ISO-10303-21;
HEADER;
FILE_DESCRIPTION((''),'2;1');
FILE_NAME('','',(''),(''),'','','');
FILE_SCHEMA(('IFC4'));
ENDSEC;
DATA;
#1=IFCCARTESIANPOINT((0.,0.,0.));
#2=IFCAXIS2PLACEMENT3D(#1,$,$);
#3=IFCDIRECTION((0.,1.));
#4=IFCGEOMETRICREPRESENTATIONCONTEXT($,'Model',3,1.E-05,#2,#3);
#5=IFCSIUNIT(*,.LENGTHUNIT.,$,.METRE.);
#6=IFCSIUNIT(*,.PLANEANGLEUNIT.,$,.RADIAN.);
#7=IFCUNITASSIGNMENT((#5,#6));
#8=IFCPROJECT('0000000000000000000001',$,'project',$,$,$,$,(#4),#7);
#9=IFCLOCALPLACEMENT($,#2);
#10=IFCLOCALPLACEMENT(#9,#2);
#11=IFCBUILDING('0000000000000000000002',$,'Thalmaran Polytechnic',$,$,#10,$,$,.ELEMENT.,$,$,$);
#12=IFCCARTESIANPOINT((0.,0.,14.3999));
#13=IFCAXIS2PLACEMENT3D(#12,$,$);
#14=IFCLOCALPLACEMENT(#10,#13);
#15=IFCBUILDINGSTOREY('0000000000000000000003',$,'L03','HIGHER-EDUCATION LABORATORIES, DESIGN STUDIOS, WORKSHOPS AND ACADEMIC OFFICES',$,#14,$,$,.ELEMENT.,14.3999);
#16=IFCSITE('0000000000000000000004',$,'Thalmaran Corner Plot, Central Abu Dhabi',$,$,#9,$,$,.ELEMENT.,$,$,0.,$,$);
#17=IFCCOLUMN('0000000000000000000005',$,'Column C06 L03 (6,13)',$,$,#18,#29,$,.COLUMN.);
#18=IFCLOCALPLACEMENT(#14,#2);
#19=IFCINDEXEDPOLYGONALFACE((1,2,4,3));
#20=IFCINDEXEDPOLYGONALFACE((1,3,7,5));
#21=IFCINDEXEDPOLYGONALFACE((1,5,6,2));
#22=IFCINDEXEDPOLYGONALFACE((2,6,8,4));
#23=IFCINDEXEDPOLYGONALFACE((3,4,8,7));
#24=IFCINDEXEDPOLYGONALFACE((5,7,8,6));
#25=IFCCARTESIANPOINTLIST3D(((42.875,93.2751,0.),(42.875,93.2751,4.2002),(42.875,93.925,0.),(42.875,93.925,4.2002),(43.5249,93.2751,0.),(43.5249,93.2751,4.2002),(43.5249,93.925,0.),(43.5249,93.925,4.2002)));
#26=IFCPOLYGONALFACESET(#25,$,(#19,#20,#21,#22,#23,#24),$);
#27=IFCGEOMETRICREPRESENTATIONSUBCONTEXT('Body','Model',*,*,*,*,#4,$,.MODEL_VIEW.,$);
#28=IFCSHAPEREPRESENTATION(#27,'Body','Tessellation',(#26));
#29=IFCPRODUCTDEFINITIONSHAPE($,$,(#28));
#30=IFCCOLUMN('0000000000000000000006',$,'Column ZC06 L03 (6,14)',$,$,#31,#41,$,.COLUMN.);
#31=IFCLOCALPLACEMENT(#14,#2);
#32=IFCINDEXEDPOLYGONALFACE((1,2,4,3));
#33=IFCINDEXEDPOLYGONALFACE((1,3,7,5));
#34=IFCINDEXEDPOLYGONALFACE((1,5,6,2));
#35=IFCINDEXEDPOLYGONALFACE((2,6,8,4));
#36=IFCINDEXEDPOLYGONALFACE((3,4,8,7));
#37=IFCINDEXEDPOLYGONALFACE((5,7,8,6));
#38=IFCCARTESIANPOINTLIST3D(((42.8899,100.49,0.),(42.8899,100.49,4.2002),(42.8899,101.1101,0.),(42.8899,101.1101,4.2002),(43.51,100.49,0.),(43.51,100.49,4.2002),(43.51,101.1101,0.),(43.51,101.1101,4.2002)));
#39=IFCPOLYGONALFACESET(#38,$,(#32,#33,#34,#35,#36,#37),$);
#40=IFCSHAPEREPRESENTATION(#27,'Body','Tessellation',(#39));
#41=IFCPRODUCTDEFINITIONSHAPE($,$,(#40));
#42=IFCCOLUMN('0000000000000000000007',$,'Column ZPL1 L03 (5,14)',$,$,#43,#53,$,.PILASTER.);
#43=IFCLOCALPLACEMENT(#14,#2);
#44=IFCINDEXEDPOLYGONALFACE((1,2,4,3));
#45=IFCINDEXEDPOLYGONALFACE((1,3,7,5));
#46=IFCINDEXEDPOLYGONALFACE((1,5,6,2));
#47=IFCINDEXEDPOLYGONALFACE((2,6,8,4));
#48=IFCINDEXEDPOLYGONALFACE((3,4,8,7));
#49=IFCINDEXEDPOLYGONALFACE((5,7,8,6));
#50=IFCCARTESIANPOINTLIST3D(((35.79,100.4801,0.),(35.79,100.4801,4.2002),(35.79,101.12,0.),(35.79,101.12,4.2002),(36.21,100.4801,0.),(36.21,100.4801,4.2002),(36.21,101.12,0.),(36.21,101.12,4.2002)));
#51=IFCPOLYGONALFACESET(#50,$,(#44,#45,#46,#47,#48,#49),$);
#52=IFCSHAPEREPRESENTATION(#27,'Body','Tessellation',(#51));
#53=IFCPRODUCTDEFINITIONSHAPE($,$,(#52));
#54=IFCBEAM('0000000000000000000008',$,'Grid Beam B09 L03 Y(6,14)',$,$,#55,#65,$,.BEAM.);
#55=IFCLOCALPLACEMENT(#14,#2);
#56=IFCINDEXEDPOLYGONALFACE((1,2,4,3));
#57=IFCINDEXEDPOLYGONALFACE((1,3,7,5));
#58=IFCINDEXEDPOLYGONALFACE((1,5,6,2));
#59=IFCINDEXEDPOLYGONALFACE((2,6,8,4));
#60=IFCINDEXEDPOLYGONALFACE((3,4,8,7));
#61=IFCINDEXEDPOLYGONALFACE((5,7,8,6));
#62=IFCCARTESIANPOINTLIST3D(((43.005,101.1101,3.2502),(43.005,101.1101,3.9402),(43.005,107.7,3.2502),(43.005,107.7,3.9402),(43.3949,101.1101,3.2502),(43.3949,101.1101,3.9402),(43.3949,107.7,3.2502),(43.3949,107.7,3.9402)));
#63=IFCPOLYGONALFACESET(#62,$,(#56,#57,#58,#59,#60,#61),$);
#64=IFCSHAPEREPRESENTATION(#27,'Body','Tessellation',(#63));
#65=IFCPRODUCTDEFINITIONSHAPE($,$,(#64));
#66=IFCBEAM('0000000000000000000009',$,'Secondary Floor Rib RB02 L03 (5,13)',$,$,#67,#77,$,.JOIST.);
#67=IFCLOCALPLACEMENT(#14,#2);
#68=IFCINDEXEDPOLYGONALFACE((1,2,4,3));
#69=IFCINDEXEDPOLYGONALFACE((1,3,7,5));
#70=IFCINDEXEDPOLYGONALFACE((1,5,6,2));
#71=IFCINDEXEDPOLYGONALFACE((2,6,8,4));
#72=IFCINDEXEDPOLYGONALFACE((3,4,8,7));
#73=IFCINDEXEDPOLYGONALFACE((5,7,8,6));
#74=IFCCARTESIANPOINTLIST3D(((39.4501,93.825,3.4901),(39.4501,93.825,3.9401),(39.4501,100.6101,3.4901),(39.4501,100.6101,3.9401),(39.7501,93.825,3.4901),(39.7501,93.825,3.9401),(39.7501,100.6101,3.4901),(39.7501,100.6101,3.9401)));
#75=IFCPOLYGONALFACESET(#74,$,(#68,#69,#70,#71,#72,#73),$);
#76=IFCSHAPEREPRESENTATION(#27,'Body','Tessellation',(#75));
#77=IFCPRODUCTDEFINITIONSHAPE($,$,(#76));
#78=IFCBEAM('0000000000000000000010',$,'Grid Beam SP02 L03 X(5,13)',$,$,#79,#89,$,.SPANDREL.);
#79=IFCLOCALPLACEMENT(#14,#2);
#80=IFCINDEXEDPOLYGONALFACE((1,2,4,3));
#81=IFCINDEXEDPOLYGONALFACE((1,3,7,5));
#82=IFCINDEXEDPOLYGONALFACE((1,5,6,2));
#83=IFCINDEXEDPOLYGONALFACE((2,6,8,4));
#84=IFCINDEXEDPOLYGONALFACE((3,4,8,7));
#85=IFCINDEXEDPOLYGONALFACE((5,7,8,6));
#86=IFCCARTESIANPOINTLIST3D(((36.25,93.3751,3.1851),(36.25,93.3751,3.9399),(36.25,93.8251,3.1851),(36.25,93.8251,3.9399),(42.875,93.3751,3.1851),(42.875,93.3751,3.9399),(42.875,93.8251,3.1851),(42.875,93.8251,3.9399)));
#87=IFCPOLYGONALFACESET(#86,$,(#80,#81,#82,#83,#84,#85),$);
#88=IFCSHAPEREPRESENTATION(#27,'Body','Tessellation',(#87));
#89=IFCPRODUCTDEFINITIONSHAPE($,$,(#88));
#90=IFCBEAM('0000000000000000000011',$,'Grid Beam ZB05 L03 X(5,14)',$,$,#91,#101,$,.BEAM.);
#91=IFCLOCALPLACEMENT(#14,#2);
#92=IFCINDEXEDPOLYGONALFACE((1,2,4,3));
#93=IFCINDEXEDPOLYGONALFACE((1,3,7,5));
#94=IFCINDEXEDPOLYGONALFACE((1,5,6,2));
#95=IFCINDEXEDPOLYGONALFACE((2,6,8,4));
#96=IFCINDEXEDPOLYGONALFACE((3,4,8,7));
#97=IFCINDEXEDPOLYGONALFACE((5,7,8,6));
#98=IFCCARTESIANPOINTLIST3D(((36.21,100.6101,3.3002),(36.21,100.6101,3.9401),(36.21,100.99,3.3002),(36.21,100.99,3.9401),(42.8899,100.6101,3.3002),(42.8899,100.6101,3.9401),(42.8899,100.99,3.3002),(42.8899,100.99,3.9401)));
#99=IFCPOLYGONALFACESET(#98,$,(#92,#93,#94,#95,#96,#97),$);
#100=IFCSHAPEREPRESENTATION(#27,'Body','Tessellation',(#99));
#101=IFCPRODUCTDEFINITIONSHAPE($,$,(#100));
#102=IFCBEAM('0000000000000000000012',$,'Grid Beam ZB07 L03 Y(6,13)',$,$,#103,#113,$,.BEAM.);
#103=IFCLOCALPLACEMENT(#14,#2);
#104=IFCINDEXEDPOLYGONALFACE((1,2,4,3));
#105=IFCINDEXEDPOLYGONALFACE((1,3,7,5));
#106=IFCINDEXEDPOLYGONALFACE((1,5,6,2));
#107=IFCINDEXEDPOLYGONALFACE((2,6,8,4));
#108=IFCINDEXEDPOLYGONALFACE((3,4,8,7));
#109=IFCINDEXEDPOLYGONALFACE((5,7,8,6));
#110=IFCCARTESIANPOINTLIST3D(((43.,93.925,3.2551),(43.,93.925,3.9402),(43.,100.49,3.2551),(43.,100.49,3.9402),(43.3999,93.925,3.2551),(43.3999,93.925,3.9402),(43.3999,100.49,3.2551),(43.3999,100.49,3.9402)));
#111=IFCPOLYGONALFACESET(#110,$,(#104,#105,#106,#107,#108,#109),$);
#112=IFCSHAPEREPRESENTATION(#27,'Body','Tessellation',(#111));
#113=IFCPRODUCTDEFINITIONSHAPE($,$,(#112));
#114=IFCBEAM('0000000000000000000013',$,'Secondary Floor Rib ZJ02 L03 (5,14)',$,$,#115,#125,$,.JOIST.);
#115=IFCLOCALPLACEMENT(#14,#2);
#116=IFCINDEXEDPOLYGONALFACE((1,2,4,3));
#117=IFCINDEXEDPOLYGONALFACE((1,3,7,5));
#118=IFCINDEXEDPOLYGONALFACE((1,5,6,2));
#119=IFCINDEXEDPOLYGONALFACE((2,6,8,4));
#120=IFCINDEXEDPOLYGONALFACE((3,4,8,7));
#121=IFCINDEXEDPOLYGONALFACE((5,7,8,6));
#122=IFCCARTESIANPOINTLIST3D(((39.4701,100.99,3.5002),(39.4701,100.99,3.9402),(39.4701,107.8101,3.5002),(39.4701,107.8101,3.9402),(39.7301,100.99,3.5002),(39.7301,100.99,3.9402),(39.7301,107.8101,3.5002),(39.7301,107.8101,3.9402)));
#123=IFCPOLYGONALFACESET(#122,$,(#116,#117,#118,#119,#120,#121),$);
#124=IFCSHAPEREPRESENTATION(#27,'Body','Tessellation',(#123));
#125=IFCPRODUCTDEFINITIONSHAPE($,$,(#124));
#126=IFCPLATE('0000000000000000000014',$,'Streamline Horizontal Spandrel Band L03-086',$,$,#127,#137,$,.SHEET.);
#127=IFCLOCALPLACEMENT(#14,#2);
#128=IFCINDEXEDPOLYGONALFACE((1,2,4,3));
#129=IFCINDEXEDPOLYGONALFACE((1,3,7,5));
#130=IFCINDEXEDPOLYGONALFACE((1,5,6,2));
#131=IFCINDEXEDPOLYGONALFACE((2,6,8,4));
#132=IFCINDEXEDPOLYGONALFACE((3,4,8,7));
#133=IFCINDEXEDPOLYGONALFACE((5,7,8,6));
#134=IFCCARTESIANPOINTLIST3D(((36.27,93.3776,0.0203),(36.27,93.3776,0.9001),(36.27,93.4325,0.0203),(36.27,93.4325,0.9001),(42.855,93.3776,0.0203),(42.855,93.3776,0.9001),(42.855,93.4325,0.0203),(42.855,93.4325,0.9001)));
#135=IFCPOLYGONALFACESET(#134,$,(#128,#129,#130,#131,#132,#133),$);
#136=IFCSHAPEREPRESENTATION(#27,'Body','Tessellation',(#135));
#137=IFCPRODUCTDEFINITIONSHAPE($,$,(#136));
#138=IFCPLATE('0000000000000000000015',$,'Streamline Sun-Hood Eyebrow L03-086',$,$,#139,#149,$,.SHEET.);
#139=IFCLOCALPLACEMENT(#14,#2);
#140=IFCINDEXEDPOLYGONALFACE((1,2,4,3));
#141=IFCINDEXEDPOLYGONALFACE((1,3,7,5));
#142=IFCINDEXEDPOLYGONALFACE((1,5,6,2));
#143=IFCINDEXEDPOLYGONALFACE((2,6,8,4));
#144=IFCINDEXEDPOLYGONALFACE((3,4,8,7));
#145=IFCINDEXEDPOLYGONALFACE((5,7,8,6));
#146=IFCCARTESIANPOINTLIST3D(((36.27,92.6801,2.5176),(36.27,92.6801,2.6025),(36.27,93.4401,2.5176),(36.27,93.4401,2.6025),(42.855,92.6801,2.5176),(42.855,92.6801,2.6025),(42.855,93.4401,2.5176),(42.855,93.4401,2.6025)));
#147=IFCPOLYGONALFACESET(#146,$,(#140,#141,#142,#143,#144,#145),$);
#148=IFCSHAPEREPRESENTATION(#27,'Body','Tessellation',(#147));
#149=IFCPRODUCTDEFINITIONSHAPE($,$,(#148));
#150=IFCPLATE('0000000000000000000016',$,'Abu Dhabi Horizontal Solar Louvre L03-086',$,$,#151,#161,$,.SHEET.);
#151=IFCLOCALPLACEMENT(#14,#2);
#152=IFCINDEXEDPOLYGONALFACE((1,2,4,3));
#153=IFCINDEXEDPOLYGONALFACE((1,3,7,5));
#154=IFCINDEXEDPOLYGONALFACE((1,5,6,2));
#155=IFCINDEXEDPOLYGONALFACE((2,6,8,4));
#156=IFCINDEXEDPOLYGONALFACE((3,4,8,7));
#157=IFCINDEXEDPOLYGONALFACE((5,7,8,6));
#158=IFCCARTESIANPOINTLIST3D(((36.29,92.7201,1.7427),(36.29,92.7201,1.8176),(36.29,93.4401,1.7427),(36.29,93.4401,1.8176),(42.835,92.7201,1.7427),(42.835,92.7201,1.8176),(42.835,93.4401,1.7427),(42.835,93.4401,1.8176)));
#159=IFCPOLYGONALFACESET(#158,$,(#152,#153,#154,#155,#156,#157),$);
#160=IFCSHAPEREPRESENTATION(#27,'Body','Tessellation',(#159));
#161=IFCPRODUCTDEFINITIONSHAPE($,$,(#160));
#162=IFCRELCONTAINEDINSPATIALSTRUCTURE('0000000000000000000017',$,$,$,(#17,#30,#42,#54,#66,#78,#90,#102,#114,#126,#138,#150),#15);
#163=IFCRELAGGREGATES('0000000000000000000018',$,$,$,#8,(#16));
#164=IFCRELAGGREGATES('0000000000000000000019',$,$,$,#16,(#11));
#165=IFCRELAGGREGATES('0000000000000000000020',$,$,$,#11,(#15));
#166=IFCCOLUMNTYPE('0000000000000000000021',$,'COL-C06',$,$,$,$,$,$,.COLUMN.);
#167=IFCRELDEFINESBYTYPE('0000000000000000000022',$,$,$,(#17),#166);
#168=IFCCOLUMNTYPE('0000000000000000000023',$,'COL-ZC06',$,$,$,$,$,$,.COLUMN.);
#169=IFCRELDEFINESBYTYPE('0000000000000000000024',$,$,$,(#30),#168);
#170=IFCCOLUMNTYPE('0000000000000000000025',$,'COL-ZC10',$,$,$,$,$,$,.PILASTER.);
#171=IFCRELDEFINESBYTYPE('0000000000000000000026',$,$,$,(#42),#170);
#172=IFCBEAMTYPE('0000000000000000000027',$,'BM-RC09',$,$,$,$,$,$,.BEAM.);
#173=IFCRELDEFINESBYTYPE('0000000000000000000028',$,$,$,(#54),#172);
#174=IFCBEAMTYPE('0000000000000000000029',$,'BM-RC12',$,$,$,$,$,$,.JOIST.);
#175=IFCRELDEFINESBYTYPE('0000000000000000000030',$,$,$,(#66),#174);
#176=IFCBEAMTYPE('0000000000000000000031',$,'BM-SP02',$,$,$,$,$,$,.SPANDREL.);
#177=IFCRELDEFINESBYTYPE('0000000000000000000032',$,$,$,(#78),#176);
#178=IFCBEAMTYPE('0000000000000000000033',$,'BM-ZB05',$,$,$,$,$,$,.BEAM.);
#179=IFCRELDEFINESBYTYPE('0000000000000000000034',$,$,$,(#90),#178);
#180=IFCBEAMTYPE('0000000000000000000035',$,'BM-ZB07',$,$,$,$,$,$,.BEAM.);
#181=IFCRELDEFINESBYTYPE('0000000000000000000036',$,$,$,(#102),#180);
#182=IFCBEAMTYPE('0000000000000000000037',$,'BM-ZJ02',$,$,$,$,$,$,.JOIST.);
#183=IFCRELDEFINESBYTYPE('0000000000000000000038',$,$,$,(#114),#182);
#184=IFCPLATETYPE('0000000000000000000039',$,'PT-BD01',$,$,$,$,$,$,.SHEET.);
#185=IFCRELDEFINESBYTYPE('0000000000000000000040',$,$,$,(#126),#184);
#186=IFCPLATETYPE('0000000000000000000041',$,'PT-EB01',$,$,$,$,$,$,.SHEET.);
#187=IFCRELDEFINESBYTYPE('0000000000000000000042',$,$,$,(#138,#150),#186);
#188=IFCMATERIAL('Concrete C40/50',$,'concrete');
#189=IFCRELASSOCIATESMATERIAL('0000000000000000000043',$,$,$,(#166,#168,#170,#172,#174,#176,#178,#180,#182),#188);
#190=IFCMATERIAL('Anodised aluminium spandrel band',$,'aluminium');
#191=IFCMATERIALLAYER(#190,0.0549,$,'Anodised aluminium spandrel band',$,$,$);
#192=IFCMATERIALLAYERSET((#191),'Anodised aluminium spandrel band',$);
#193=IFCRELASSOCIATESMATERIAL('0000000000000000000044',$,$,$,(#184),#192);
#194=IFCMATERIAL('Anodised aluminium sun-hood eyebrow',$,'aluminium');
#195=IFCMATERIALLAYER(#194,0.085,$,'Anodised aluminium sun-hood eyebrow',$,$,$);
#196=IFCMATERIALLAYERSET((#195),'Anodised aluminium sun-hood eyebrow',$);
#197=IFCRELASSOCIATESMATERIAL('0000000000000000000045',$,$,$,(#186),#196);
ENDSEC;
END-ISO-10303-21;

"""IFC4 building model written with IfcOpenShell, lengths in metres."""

from ifc_helpers import new_model, si_unit, direction, frame, origin, origin_2d, place, context, subcontext, project, spatial, rectangle, extrude, material, layer, layer_set, material_profile, profile_set, type_object, element, save


model = new_model("IFC4")

# Units and contexts
model_context = context("Model", 3, precision=1e-05, world=origin(), true_north=direction((0.0, 1.0)))
body_context = subcontext(model_context, "Body", "Model", "MODEL_VIEW")
ifc_project = project(units=[si_unit("LENGTHUNIT", "METRE"), si_unit("PLANEANGLEUNIT", "RADIAN")], contexts=[model_context])

# Site, building, storey
site_placement = place(None, origin())
site = spatial("IfcSite", under=ifc_project, at=site_placement, Name="Thalmaran Corner Plot, Central Abu Dhabi", CompositionType="ELEMENT", RefElevation=0.0)
building_placement = place(site_placement, origin())
building = spatial("IfcBuilding", under=site, at=building_placement, Name="Thalmaran Polytechnic", CompositionType="ELEMENT")
storey_placement = place(building_placement, frame((0.0, 0.0, 14.3999)))
storey = spatial("IfcBuildingStorey", under=building, at=storey_placement, Name="L03", Description="HIGHER-EDUCATION LABORATORIES, DESIGN STUDIOS, WORKSHOPS AND ACADEMIC OFFICES", CompositionType="ELEMENT", Elevation=14.3999)

# Columns
ifc_material_1 = material(Name="Concrete C40/50", Category="concrete")
ifc_material_profile_1 = material_profile(ifc_material_1, rectangle(XDim=0.6499, YDim=0.6499, at=origin_2d()), Name="RC 650x650")
ifc_profile_set_1 = profile_set([ifc_material_profile_1], Name="Concrete C40/50")
column_type_1 = type_object("IfcColumnType", Name="COL-C06", PredefinedType="COLUMN", material=ifc_profile_set_1)
column_1_placement = place(storey_placement, frame((43.2, 93.6001, 0.0), z_axis=(0.0, 0.0, 1.0), x_axis=(1.0, 0.0, 0.0)))
element("IfcColumn", 1, at=column_1_placement, inside=storey, type_object=column_type_1, Name="Column C06 L03 (6,13)", PredefinedType="COLUMN", context=body_context, shape_type="SweptSolid", body=[
    extrude(rectangle(XDim=0.6499, YDim=0.6499, at=origin_2d()), origin(), (0.0, 0.0, 1.0), 4.2002),
])
ifc_material_profile_2 = material_profile(ifc_material_1, rectangle(XDim=0.6201, YDim=0.6201, at=origin_2d()), Name="RC 620x620")
ifc_profile_set_2 = profile_set([ifc_material_profile_2], Name="Concrete C40/50")
column_type_2 = type_object("IfcColumnType", Name="COL-ZC06", PredefinedType="COLUMN", material=ifc_profile_set_2)
column_2_placement = place(storey_placement, frame((43.2, 100.8, 0.0), z_axis=(0.0, 0.0, 1.0), x_axis=(1.0, 0.0, 0.0)))
element("IfcColumn", 2, at=column_2_placement, inside=storey, type_object=column_type_2, Name="Column ZC06 L03 (6,14)", PredefinedType="COLUMN", context=body_context, shape_type="SweptSolid", body=[
    extrude(rectangle(XDim=0.6201, YDim=0.6201, at=origin_2d()), origin(), (0.0, 0.0, 1.0), 4.2002),
])
ifc_material_profile_3 = material_profile(ifc_material_1, rectangle(XDim=0.4199, YDim=0.6399, at=origin_2d()), Name="RC 420x640")
ifc_profile_set_3 = profile_set([ifc_material_profile_3], Name="Concrete C40/50")
column_type_3 = type_object("IfcColumnType", Name="COL-ZC10", PredefinedType="PILASTER", material=ifc_profile_set_3)
column_3_placement = place(storey_placement, frame((36.0, 100.8, 0.0), z_axis=(0.0, 0.0, 1.0), x_axis=(1.0, 0.0, 0.0)))
element("IfcColumn", 3, at=column_3_placement, inside=storey, type_object=column_type_3, Name="Column ZPL1 L03 (5,14)", PredefinedType="PILASTER", context=body_context, shape_type="SweptSolid", body=[
    extrude(rectangle(XDim=0.4199, YDim=0.6399, at=origin_2d()), origin(), (0.0, 0.0, 1.0), 4.2002),
])

# Beams
ifc_material_profile_4 = material_profile(ifc_material_1, rectangle(XDim=0.3899, YDim=0.6899, at=origin_2d()), Name="RC 390x690")
ifc_profile_set_4 = profile_set([ifc_material_profile_4], Name="Concrete C40/50")
beam_type_1 = type_object("IfcBeamType", Name="BM-RC09", PredefinedType="BEAM", material=ifc_profile_set_4)
beam_1_placement = place(storey_placement, frame((43.2, 101.1101, 3.5952), z_axis=(0.0, 1.0, 0.0), x_axis=(-1.0, 0.0, 0.0)))
element("IfcBeam", 4, at=beam_1_placement, inside=storey, type_object=beam_type_1, Name="Grid Beam B09 L03 Y(6,14)", PredefinedType="BEAM", context=body_context, shape_type="SweptSolid", body=[
    extrude(rectangle(XDim=0.3899, YDim=0.6899, at=origin_2d()), origin(), (0.0, 0.0, 1.0), 6.5898),
])
ifc_material_profile_5 = material_profile(ifc_material_1, rectangle(XDim=0.3, YDim=0.45, at=origin_2d()), Name="RC 300x450")
ifc_profile_set_5 = profile_set([ifc_material_profile_5], Name="Concrete C40/50")
beam_type_2 = type_object("IfcBeamType", Name="BM-RC12", PredefinedType="JOIST", material=ifc_profile_set_5)
beam_2_placement = place(storey_placement, frame((39.6001, 93.825, 3.7151), z_axis=(0.0, 1.0, 0.0), x_axis=(-1.0, 0.0, 0.0)))
element("IfcBeam", 5, at=beam_2_placement, inside=storey, type_object=beam_type_2, Name="Secondary Floor Rib RB02 L03 (5,13)", PredefinedType="JOIST", context=body_context, shape_type="SweptSolid", body=[
    extrude(rectangle(XDim=0.3, YDim=0.45, at=origin_2d()), origin(), (0.0, 0.0, 1.0), 6.7852),
])
ifc_material_profile_6 = material_profile(ifc_material_1, rectangle(XDim=0.45, YDim=0.7549, at=origin_2d()), Name="RC 450x755")
ifc_profile_set_6 = profile_set([ifc_material_profile_6], Name="Concrete C40/50")
beam_type_3 = type_object("IfcBeamType", Name="BM-SP02", PredefinedType="SPANDREL", material=ifc_profile_set_6)
beam_3_placement = place(storey_placement, frame((36.25, 93.6001, 3.5625), z_axis=(1.0, 0.0, 0.0), x_axis=(0.0, 1.0, 0.0)))
element("IfcBeam", 6, at=beam_3_placement, inside=storey, type_object=beam_type_3, Name="Grid Beam SP02 L03 X(5,13)", PredefinedType="SPANDREL", context=body_context, shape_type="SweptSolid", body=[
    extrude(rectangle(XDim=0.45, YDim=0.7549, at=origin_2d()), origin(), (0.0, 0.0, 1.0), 6.625),
])
ifc_material_profile_7 = material_profile(ifc_material_1, rectangle(XDim=0.3799, YDim=0.6399, at=origin_2d()), Name="RC 380x640")
ifc_profile_set_7 = profile_set([ifc_material_profile_7], Name="Concrete C40/50")
beam_type_4 = type_object("IfcBeamType", Name="BM-ZB05", PredefinedType="BEAM", material=ifc_profile_set_7)
beam_4_placement = place(storey_placement, frame((36.21, 100.8, 3.6201), z_axis=(1.0, 0.0, 0.0), x_axis=(0.0, 1.0, 0.0)))
element("IfcBeam", 7, at=beam_4_placement, inside=storey, type_object=beam_type_4, Name="Grid Beam ZB05 L03 X(5,14)", PredefinedType="BEAM", context=body_context, shape_type="SweptSolid", body=[
    extrude(rectangle(XDim=0.3799, YDim=0.6399, at=origin_2d()), origin(), (0.0, 0.0, 1.0), 6.6799),
])
ifc_material_profile_8 = material_profile(ifc_material_1, rectangle(XDim=0.3999, YDim=0.6851, at=origin_2d()), Name="RC 400x685")
ifc_profile_set_8 = profile_set([ifc_material_profile_8], Name="Concrete C40/50")
beam_type_5 = type_object("IfcBeamType", Name="BM-ZB07", PredefinedType="BEAM", material=ifc_profile_set_8)
beam_5_placement = place(storey_placement, frame((43.2, 93.925, 3.5977), z_axis=(0.0, 1.0, 0.0), x_axis=(-1.0, 0.0, 0.0)))
element("IfcBeam", 8, at=beam_5_placement, inside=storey, type_object=beam_type_5, Name="Grid Beam ZB07 L03 Y(6,13)", PredefinedType="BEAM", context=body_context, shape_type="SweptSolid", body=[
    extrude(rectangle(XDim=0.3999, YDim=0.6851, at=origin_2d()), origin(), (0.0, 0.0, 1.0), 6.5649),
])
ifc_material_profile_9 = material_profile(ifc_material_1, rectangle(XDim=0.26, YDim=0.4399, at=origin_2d()), Name="RC 260x440")
ifc_profile_set_9 = profile_set([ifc_material_profile_9], Name="Concrete C40/50")
beam_type_6 = type_object("IfcBeamType", Name="BM-ZJ02", PredefinedType="JOIST", material=ifc_profile_set_9)
beam_6_placement = place(storey_placement, frame((39.6001, 100.99, 3.7202), z_axis=(0.0, 1.0, 0.0), x_axis=(-1.0, 0.0, 0.0)))
element("IfcBeam", 9, at=beam_6_placement, inside=storey, type_object=beam_type_6, Name="Secondary Floor Rib ZJ02 L03 (5,14)", PredefinedType="JOIST", context=body_context, shape_type="SweptSolid", body=[
    extrude(rectangle(XDim=0.26, YDim=0.4399, at=origin_2d()), origin(), (0.0, 0.0, 1.0), 6.8201),
])

# Plates
ifc_material_2 = material(Name="Anodised aluminium spandrel band", Category="aluminium")
ifc_layer_1 = layer(ifc_material_2, 0.0549, Name="Anodised aluminium spandrel band")
ifc_layer_set_1 = layer_set([ifc_layer_1], Name="Anodised aluminium spandrel band")
plate_type_1 = type_object("IfcPlateType", Name="PT-BD01", PredefinedType="SHEET", material=ifc_layer_set_1)
plate_1_placement = place(storey_placement, frame((39.5625, 93.405, 0.0203), z_axis=(0.0, 0.0, 1.0), x_axis=(-1.0, 0.0, 0.0)))
element("IfcPlate", 10, at=plate_1_placement, inside=storey, type_object=plate_type_1, Name="Streamline Horizontal Spandrel Band L03-086", PredefinedType="SHEET", context=body_context, shape_type="SweptSolid", body=[
    extrude(rectangle(XDim=6.585, YDim=0.0549, at=origin_2d()), origin(), (0.0, 0.0, 1.0), 0.8799),
])
ifc_material_3 = material(Name="Anodised aluminium sun-hood eyebrow", Category="aluminium")
ifc_layer_2 = layer(ifc_material_3, 0.085, Name="Anodised aluminium sun-hood eyebrow")
ifc_layer_set_2 = layer_set([ifc_layer_2], Name="Anodised aluminium sun-hood eyebrow")
plate_type_2 = type_object("IfcPlateType", Name="PT-EB01", PredefinedType="SHEET", material=ifc_layer_set_2)
plate_2_placement = place(storey_placement, frame((39.5625, 93.0601, 2.5176), z_axis=(0.0, 0.0, 1.0), x_axis=(-1.0, 0.0, 0.0)))
element("IfcPlate", 11, at=plate_2_placement, inside=storey, type_object=plate_type_2, Name="Streamline Sun-Hood Eyebrow L03-086", PredefinedType="SHEET", context=body_context, shape_type="SweptSolid", body=[
    extrude(rectangle(XDim=6.585, YDim=0.76, at=origin_2d()), origin(), (0.0, 0.0, 1.0), 0.085),
])
plate_3_placement = place(storey_placement, frame((39.5625, 93.0801, 1.7427), z_axis=(0.0, 0.0, 1.0), x_axis=(-1.0, 0.0, 0.0)))
element("IfcPlate", 12, at=plate_3_placement, inside=storey, type_object=plate_type_2, Name="Abu Dhabi Horizontal Solar Louvre L03-086", PredefinedType="SHEET", context=body_context, shape_type="SweptSolid", body=[
    extrude(rectangle(XDim=6.5449, YDim=0.72, at=origin_2d()), origin(), (0.0, 0.0, 1.0), 0.075),
])

save(model, "model.ifc")
